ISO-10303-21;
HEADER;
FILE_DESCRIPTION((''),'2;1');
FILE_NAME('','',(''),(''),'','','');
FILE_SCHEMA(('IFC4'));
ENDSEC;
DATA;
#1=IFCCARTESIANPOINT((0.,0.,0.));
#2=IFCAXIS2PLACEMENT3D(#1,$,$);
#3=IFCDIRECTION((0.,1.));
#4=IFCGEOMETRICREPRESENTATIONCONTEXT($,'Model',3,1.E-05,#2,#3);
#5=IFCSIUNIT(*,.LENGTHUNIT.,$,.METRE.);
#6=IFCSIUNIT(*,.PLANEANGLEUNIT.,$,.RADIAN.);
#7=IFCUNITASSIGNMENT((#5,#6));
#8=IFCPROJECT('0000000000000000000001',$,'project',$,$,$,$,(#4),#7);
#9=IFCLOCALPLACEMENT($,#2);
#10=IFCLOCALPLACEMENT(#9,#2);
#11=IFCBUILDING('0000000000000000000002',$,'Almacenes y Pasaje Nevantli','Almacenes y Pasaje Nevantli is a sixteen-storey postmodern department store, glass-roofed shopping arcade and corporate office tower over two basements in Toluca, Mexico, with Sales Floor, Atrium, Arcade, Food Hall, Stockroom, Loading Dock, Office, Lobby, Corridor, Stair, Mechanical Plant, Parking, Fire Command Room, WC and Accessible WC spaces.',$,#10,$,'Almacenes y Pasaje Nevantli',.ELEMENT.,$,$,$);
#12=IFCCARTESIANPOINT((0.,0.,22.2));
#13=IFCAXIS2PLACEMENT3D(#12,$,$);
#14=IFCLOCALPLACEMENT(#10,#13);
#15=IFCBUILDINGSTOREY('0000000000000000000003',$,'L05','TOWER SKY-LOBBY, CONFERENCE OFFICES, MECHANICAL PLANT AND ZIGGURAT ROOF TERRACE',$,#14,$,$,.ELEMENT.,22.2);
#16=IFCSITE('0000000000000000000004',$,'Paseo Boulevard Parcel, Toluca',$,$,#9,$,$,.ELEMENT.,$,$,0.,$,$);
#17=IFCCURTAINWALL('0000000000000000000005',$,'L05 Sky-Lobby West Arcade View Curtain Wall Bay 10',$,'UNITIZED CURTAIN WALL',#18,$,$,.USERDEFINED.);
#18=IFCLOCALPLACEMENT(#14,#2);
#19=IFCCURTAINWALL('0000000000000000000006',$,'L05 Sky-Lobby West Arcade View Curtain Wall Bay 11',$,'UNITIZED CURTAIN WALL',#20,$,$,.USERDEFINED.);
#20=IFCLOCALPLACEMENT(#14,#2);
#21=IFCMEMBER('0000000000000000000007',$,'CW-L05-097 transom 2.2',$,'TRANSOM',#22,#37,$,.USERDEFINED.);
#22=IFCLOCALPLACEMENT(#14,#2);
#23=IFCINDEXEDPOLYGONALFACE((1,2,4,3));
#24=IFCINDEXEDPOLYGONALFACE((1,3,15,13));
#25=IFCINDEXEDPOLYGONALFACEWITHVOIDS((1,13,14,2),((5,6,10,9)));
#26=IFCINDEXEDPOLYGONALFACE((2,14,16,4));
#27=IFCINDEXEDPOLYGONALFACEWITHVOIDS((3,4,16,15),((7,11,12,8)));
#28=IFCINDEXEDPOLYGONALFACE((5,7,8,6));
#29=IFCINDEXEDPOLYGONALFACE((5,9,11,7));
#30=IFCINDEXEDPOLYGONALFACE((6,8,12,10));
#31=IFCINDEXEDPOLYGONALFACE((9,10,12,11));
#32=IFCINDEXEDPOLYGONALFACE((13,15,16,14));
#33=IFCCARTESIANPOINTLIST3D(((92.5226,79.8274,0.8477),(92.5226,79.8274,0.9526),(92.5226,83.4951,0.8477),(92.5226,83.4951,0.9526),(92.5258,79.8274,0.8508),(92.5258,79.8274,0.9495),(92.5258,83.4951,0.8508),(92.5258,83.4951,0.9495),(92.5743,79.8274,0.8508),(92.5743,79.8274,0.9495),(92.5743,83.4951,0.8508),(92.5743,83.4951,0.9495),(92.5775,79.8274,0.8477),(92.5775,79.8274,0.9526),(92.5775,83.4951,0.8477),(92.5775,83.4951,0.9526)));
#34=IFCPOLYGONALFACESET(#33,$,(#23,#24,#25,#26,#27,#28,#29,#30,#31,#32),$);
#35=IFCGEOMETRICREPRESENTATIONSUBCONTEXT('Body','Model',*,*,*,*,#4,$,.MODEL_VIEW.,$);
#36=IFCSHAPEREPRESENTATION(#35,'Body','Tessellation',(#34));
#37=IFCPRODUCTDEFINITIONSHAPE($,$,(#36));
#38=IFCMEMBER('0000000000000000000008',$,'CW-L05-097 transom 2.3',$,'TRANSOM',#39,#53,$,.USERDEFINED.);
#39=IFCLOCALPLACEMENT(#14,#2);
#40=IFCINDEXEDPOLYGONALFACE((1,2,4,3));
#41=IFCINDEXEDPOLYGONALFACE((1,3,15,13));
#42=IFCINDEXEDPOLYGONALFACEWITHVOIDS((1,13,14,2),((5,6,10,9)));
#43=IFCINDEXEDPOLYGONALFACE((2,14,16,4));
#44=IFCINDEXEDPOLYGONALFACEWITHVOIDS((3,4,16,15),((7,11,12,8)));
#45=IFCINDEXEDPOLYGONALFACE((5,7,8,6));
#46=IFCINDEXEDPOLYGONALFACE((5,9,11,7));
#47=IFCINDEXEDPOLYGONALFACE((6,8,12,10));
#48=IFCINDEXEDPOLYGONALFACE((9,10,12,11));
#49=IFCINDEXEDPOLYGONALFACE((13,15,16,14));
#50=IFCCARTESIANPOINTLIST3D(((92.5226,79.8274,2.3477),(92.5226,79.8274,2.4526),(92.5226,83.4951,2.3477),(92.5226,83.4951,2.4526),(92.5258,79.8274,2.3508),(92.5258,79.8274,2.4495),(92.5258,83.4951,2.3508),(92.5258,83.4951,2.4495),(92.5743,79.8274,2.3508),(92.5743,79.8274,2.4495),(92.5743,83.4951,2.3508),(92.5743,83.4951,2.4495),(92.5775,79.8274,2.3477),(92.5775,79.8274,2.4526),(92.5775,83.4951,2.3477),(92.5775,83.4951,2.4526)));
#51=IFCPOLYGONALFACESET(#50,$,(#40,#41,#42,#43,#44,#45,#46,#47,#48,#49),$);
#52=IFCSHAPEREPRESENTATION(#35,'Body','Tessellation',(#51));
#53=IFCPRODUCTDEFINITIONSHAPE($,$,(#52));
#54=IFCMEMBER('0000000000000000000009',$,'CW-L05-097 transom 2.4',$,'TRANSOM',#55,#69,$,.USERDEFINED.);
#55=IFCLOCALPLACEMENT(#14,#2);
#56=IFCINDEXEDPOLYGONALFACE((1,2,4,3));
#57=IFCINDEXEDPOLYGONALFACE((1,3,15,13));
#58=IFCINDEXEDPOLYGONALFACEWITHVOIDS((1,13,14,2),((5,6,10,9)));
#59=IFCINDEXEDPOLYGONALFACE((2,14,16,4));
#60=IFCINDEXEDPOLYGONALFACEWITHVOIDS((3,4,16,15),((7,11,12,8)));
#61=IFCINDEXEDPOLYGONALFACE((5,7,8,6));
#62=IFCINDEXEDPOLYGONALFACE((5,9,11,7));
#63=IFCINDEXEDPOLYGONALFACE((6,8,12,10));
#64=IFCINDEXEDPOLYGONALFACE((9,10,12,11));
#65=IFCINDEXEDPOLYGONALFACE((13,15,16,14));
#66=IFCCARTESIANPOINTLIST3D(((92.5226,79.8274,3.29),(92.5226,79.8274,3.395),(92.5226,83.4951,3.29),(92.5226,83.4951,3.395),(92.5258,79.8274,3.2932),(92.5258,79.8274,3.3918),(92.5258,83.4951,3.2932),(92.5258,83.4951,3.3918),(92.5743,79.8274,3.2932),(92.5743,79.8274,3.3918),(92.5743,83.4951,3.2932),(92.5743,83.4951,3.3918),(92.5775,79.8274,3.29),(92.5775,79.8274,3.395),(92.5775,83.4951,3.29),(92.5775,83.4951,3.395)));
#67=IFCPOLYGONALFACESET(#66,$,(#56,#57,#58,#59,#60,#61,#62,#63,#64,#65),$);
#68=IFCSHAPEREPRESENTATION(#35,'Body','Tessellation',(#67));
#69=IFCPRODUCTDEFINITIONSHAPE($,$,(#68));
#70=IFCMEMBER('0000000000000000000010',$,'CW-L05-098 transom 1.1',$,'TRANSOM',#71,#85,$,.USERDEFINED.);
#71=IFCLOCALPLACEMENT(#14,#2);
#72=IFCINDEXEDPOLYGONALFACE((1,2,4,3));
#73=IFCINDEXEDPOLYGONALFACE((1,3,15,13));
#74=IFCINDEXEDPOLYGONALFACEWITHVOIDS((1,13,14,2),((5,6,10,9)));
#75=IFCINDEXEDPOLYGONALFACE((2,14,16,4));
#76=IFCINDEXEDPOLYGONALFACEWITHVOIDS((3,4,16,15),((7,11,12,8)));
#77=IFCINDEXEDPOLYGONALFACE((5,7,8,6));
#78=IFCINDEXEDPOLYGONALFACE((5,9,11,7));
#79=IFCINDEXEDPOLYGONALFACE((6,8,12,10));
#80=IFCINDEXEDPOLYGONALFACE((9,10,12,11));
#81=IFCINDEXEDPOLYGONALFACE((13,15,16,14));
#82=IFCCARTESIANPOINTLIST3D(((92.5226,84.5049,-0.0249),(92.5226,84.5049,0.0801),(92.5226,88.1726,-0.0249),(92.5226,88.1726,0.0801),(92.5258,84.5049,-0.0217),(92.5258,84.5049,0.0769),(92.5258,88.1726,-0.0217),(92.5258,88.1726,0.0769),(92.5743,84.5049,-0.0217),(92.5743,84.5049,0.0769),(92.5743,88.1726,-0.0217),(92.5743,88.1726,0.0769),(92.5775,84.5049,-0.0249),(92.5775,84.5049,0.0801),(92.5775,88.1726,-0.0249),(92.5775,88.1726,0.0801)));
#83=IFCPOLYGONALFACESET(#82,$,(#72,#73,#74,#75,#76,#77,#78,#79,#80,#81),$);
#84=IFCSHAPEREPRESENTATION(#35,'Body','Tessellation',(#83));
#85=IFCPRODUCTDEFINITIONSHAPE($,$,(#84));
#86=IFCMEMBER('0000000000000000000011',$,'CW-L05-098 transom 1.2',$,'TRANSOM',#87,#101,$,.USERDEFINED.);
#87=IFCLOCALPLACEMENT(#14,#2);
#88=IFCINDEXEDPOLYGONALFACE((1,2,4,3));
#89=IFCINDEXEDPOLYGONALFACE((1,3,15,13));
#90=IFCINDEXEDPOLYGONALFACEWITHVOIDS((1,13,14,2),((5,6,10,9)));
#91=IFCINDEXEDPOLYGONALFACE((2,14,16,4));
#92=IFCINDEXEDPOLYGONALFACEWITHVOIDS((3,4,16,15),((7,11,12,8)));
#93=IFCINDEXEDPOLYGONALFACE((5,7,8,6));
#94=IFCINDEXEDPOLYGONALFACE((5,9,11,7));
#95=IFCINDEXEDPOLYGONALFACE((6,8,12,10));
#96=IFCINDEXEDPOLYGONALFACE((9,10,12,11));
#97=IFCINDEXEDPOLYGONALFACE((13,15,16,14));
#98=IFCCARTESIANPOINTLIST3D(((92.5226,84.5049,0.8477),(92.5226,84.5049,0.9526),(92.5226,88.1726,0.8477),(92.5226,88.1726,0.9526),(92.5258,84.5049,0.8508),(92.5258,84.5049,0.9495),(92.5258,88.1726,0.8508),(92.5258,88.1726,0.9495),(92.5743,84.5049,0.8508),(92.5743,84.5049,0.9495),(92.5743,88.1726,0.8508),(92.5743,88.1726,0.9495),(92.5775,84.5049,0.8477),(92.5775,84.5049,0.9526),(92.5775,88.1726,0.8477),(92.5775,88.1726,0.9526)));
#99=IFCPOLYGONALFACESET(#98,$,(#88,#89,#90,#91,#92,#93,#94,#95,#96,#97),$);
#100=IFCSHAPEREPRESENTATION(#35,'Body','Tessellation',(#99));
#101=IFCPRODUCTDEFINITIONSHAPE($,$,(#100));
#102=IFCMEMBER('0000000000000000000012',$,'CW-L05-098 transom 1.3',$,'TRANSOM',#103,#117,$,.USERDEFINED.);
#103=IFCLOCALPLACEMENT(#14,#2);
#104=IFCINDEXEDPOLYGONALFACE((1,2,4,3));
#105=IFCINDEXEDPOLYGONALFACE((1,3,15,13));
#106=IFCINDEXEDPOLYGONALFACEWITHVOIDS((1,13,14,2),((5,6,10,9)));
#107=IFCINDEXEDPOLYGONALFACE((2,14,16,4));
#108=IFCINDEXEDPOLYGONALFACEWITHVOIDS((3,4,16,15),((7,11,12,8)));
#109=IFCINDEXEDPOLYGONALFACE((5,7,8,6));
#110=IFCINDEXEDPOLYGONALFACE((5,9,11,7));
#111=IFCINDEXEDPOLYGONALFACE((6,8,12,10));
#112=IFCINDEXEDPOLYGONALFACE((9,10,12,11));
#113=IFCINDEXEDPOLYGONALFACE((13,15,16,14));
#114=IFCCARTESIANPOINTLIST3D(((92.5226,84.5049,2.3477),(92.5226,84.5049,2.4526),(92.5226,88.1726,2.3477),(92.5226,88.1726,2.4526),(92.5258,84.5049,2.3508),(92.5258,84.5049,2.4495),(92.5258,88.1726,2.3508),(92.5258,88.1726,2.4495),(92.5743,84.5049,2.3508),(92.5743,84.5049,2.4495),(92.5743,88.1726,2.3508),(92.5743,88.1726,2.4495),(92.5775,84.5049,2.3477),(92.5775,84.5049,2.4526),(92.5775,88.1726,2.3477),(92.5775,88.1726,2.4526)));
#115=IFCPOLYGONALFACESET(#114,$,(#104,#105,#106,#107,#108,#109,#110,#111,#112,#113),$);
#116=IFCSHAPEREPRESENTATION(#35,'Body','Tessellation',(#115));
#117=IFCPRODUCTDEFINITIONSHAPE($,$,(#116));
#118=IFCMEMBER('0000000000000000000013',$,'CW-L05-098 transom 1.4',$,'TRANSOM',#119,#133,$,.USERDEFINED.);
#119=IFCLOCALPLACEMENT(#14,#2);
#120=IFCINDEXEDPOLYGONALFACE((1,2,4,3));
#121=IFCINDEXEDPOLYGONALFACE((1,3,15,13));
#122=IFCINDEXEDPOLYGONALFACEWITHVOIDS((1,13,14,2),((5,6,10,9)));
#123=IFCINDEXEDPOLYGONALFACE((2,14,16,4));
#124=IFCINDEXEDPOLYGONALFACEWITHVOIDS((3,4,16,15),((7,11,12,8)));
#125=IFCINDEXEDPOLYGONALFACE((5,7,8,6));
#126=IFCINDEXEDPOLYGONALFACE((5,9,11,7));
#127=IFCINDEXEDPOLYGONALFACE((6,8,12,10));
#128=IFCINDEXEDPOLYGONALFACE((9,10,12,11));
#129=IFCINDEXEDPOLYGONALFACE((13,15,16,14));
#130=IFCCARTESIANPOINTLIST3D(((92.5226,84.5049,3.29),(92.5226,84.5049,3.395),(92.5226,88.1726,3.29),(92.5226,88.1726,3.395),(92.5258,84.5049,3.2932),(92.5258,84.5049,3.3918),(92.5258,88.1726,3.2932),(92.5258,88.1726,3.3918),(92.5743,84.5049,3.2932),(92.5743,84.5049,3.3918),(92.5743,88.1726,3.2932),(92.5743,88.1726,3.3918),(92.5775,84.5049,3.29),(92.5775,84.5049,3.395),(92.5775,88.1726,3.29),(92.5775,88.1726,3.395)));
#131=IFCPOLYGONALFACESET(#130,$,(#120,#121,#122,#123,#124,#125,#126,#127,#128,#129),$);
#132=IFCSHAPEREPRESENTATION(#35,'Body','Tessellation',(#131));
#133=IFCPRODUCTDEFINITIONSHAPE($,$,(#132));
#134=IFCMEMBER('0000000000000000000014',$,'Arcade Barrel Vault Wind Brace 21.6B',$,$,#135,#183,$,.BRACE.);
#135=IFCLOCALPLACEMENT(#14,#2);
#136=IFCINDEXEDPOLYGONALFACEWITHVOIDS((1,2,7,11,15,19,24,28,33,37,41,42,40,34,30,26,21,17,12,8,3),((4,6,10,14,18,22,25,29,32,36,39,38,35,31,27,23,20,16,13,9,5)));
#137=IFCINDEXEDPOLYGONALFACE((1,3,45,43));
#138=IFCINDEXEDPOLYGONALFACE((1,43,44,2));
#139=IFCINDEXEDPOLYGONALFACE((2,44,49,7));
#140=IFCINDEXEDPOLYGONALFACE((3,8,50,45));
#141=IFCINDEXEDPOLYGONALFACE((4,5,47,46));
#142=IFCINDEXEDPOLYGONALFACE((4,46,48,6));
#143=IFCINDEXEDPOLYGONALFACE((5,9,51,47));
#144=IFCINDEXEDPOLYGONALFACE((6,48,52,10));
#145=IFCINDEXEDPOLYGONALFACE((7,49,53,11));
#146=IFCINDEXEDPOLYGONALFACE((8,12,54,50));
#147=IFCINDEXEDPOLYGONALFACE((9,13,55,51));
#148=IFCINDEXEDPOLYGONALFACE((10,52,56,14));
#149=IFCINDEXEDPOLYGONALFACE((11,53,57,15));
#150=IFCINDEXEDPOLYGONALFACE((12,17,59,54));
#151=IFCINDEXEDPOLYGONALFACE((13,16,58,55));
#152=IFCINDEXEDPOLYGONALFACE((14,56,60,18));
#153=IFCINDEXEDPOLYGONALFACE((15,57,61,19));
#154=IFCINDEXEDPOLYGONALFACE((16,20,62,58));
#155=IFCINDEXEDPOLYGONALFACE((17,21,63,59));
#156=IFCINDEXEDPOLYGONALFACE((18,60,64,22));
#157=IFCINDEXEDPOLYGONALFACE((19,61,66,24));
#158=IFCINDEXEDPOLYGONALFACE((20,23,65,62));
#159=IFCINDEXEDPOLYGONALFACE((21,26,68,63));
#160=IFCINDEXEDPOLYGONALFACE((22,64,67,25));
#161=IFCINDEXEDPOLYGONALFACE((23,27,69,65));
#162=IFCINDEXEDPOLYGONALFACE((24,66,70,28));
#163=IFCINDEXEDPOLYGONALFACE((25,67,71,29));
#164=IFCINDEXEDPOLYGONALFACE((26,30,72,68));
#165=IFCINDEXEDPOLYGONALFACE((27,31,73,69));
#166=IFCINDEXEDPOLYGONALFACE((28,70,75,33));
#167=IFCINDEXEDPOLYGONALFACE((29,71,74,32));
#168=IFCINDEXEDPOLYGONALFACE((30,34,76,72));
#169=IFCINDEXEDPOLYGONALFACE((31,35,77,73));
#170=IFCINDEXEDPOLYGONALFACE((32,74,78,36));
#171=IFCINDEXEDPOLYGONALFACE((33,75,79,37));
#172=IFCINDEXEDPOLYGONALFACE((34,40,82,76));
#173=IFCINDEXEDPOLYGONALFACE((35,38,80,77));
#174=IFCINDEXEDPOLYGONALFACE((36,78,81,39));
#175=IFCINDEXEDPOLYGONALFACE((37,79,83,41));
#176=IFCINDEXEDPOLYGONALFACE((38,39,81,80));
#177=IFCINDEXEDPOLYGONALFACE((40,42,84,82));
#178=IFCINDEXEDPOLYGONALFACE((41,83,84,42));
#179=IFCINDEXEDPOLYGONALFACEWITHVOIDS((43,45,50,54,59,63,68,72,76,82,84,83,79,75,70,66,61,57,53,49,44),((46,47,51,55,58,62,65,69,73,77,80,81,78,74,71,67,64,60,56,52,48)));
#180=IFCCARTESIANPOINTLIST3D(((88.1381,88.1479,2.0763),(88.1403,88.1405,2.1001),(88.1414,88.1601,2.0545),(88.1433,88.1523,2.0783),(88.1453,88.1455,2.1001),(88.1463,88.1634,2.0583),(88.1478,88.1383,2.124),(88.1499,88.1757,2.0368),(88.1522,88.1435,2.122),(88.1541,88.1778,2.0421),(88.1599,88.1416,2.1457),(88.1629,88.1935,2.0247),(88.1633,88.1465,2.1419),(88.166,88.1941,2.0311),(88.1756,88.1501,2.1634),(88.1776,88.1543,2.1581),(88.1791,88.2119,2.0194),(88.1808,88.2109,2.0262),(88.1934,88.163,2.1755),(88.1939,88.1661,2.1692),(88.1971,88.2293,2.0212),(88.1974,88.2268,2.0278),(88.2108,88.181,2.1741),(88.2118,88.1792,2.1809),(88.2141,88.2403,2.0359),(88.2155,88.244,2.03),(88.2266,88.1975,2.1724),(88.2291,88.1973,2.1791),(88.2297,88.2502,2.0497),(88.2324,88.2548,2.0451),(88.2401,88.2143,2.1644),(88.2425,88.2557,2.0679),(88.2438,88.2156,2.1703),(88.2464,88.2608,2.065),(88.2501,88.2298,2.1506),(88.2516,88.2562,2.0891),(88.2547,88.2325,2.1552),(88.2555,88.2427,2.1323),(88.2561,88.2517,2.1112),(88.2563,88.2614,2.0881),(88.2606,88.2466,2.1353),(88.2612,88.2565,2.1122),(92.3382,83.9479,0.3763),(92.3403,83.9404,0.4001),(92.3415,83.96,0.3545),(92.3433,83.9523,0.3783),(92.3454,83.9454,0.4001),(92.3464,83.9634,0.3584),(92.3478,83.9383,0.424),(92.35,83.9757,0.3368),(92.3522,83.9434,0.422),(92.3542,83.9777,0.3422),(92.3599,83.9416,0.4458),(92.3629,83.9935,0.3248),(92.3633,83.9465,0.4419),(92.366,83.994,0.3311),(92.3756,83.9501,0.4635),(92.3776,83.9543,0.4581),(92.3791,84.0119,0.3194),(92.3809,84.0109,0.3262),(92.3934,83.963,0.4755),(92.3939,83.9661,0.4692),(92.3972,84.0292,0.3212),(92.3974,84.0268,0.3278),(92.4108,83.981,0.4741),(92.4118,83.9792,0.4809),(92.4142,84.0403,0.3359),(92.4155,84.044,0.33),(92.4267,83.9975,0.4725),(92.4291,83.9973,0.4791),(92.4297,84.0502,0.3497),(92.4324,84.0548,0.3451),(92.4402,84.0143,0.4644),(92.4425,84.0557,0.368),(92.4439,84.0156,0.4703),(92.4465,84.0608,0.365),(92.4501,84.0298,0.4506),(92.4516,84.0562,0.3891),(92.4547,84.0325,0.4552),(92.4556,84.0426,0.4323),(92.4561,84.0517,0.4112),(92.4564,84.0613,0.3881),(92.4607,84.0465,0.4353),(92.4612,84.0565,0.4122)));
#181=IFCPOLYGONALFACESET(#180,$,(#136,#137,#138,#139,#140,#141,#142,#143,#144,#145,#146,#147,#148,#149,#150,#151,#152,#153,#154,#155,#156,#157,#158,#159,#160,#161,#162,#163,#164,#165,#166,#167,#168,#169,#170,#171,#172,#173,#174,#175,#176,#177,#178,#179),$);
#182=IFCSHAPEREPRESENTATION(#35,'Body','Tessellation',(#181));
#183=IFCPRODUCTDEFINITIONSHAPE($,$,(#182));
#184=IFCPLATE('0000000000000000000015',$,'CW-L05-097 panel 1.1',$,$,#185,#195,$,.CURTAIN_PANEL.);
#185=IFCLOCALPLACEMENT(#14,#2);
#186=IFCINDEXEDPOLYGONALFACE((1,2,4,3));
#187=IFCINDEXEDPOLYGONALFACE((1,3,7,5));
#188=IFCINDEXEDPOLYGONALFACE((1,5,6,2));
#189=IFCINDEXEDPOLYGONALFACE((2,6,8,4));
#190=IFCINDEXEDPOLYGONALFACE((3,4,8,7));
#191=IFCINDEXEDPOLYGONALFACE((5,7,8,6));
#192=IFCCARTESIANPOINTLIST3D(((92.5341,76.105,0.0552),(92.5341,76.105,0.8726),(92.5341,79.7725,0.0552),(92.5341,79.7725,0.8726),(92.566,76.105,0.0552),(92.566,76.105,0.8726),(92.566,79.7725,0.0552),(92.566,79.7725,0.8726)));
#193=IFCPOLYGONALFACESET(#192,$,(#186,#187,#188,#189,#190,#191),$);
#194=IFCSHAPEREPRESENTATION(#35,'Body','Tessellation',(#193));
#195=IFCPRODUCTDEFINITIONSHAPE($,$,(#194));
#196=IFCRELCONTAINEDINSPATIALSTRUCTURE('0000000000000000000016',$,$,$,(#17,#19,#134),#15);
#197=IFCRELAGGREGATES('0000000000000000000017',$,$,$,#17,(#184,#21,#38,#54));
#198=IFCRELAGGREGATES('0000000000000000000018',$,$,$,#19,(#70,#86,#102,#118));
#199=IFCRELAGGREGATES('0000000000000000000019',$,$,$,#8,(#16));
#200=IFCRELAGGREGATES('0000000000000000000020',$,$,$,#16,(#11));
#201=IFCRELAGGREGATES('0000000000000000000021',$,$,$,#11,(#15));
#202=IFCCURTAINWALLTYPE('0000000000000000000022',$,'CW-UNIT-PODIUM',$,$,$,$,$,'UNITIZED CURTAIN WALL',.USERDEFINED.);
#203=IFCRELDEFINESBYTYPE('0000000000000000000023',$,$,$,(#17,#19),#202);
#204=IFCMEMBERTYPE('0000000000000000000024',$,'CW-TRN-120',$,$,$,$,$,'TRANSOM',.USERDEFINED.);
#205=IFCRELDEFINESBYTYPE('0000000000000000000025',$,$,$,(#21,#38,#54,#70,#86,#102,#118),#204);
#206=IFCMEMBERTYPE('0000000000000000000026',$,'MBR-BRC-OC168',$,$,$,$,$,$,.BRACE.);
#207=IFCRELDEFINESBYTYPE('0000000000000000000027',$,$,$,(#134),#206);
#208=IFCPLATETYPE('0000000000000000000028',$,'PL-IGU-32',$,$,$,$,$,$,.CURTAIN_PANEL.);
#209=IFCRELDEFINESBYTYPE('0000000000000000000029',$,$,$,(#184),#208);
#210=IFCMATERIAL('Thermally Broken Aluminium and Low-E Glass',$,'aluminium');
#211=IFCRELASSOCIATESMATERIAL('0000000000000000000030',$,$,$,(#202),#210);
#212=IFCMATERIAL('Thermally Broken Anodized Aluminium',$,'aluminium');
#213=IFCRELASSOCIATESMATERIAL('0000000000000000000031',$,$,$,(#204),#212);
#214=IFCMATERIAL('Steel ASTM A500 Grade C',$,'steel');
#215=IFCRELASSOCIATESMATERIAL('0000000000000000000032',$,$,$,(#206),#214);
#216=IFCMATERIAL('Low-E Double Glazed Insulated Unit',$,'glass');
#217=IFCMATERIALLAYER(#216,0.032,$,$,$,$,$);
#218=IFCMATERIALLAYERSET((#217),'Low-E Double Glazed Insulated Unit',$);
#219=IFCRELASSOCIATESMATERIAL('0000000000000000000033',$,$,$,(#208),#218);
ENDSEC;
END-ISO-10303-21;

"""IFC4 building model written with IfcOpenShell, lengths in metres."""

from ifc_helpers import new_model, si_unit, direction, frame, origin, origin_2d, place, context, subcontext, project, spatial, rectangle, hollow_rectangle, hollow_circle, extrude, material, layer, layer_set, material_profile, profile_set, type_object, element, aggregate, save


model = new_model("IFC4")

# Units and contexts
model_context = context("Model", 3, precision=1e-05, world=origin(), true_north=direction((0.0, 1.0)))
body_context = subcontext(model_context, "Body", "Model", "MODEL_VIEW")
ifc_project = project(units=[si_unit("LENGTHUNIT", "METRE"), si_unit("PLANEANGLEUNIT", "RADIAN")], contexts=[model_context])

# Site, building, storey
site_placement = place(None, origin())
site = spatial("IfcSite", under=ifc_project, at=site_placement, Name="Paseo Boulevard Parcel, Toluca", CompositionType="ELEMENT", RefElevation=0.0)
building_placement = place(site_placement, origin())
building = spatial("IfcBuilding", under=site, at=building_placement, Name="Almacenes y Pasaje Nevantli", Description="Almacenes y Pasaje Nevantli is a sixteen-storey postmodern department store, glass-roofed shopping arcade and corporate office tower over two basements in Toluca, Mexico, with Sales Floor, Atrium, Arcade, Food Hall, Stockroom, Loading Dock, Office, Lobby, Corridor, Stair, Mechanical Plant, Parking, Fire Command Room, WC and Accessible WC spaces.", LongName="Almacenes y Pasaje Nevantli", CompositionType="ELEMENT")
storey_placement = place(building_placement, frame((0.0, 0.0, 22.2)))
storey = spatial("IfcBuildingStorey", under=building, at=storey_placement, Name="L05", Description="TOWER SKY-LOBBY, CONFERENCE OFFICES, MECHANICAL PLANT AND ZIGGURAT ROOF TERRACE", CompositionType="ELEMENT", Elevation=22.2)

# Curtain wall
ifc_material_1 = material(Name="Thermally Broken Aluminium and Low-E Glass", Category="aluminium")
curtain_wall_type = type_object("IfcCurtainWallType", Name="CW-UNIT-PODIUM", ElementType="UNITIZED CURTAIN WALL", PredefinedType="USERDEFINED", material=ifc_material_1)
curtain_wall_1_placement = place(storey_placement, origin())
curtain_wall_1 = element("IfcCurtainWall", 1, at=curtain_wall_1_placement, inside=storey, type_object=curtain_wall_type, Name="L05 Sky-Lobby West Arcade View Curtain Wall Bay 10", ObjectType="UNITIZED CURTAIN WALL", PredefinedType="USERDEFINED")

# Curtain wall
curtain_wall_2_placement = place(storey_placement, origin())
curtain_wall_2 = element("IfcCurtainWall", 2, at=curtain_wall_2_placement, inside=storey, type_object=curtain_wall_type, Name="L05 Sky-Lobby West Arcade View Curtain Wall Bay 11", ObjectType="UNITIZED CURTAIN WALL", PredefinedType="USERDEFINED")

# Members
ifc_material_2 = material(Name="Thermally Broken Anodized Aluminium", Category="aluminium")
ifc_material_profile_1 = material_profile(ifc_material_2, hollow_rectangle(XDim=0.0549, YDim=0.105, WallThickness=0.0032, at=origin_2d()), Name="ALU-TRN-55x105")
ifc_profile_set_1 = profile_set([ifc_material_profile_1], Name="Thermally Broken Anodized Aluminium")
member_type_1 = type_object("IfcMemberType", Name="CW-TRN-120", ElementType="TRANSOM", PredefinedType="USERDEFINED", material=ifc_profile_set_1)
member_1_placement = place(storey_placement, frame((92.55, 79.8274, 0.9001), z_axis=(0.0, 1.0, 0.0), x_axis=(-1.0, 0.0, 0.0)))
member_1 = element("IfcMember", 3, at=member_1_placement, type_object=member_type_1, Name="CW-L05-097 transom 2.2", ObjectType="TRANSOM", PredefinedType="USERDEFINED", context=body_context, shape_type="SweptSolid", body=[
    extrude(hollow_rectangle(XDim=0.0549, YDim=0.105, WallThickness=0.0032, at=origin_2d()), origin(), (0.0, 0.0, 1.0), 3.6677),
])
member_2_placement = place(storey_placement, frame((92.55, 79.8274, 2.4001), z_axis=(0.0, 1.0, 0.0), x_axis=(-1.0, 0.0, 0.0)))
member_2 = element("IfcMember", 4, at=member_2_placement, type_object=member_type_1, Name="CW-L05-097 transom 2.3", ObjectType="TRANSOM", PredefinedType="USERDEFINED", context=body_context, shape_type="SweptSolid", body=[
    extrude(hollow_rectangle(XDim=0.0549, YDim=0.105, WallThickness=0.0032, at=origin_2d()), origin(), (0.0, 0.0, 1.0), 3.6677),
])
member_3_placement = place(storey_placement, frame((92.55, 79.8274, 3.3425), z_axis=(0.0, 1.0, 0.0), x_axis=(-1.0, 0.0, 0.0)))
member_3 = element("IfcMember", 5, at=member_3_placement, type_object=member_type_1, Name="CW-L05-097 transom 2.4", ObjectType="TRANSOM", PredefinedType="USERDEFINED", context=body_context, shape_type="SweptSolid", body=[
    extrude(hollow_rectangle(XDim=0.0549, YDim=0.105, WallThickness=0.0032, at=origin_2d()), origin(), (0.0, 0.0, 1.0), 3.6677),
])
member_4_placement = place(storey_placement, frame((92.55, 84.5049, 0.0276), z_axis=(0.0, 1.0, 0.0), x_axis=(-1.0, 0.0, 0.0)))
member_4 = element("IfcMember", 6, at=member_4_placement, type_object=member_type_1, Name="CW-L05-098 transom 1.1", ObjectType="TRANSOM", PredefinedType="USERDEFINED", context=body_context, shape_type="SweptSolid", body=[
    extrude(hollow_rectangle(XDim=0.0549, YDim=0.105, WallThickness=0.0032, at=origin_2d()), origin(), (0.0, 0.0, 1.0), 3.6677),
])
member_5_placement = place(storey_placement, frame((92.55, 84.5049, 0.9001), z_axis=(0.0, 1.0, 0.0), x_axis=(-1.0, 0.0, 0.0)))
member_5 = element("IfcMember", 7, at=member_5_placement, type_object=member_type_1, Name="CW-L05-098 transom 1.2", ObjectType="TRANSOM", PredefinedType="USERDEFINED", context=body_context, shape_type="SweptSolid", body=[
    extrude(hollow_rectangle(XDim=0.0549, YDim=0.105, WallThickness=0.0032, at=origin_2d()), origin(), (0.0, 0.0, 1.0), 3.6677),
])
member_6_placement = place(storey_placement, frame((92.55, 84.5049, 2.4001), z_axis=(0.0, 1.0, 0.0), x_axis=(-1.0, 0.0, 0.0)))
member_6 = element("IfcMember", 8, at=member_6_placement, type_object=member_type_1, Name="CW-L05-098 transom 1.3", ObjectType="TRANSOM", PredefinedType="USERDEFINED", context=body_context, shape_type="SweptSolid", body=[
    extrude(hollow_rectangle(XDim=0.0549, YDim=0.105, WallThickness=0.0032, at=origin_2d()), origin(), (0.0, 0.0, 1.0), 3.6677),
])
member_7_placement = place(storey_placement, frame((92.55, 84.5049, 3.3425), z_axis=(0.0, 1.0, 0.0), x_axis=(-1.0, 0.0, 0.0)))
member_7 = element("IfcMember", 9, at=member_7_placement, type_object=member_type_1, Name="CW-L05-098 transom 1.4", ObjectType="TRANSOM", PredefinedType="USERDEFINED", context=body_context, shape_type="SweptSolid", body=[
    extrude(hollow_rectangle(XDim=0.0549, YDim=0.105, WallThickness=0.0032, at=origin_2d()), origin(), (0.0, 0.0, 1.0), 3.6677),
])
ifc_material_3 = material(Name="Steel ASTM A500 Grade C", Category="steel")
ifc_material_profile_2 = material_profile(ifc_material_3, hollow_circle(Radius=0.0842, WallThickness=0.0071, at=origin_2d()), Name="OC 168x7.1")
ifc_profile_set_2 = profile_set([ifc_material_profile_2], Name="Steel ASTM A500 Grade C")
member_type_2 = type_object("IfcMemberType", Name="MBR-BRC-OC168", PredefinedType="BRACE", material=ifc_profile_set_2)
member_8_placement = place(storey_placement, frame((92.3999, 84.0, 0.4001), z_axis=(-0.679812, 0.679812, 0.275157), x_axis=(-0.707107, -0.707107, 0.0)))
element("IfcMember", 10, at=member_8_placement, inside=storey, type_object=member_type_2, Name="Arcade Barrel Vault Wind Brace 21.6B", PredefinedType="BRACE", context=body_context, shape_type="SweptSolid", body=[
    extrude(hollow_circle(Radius=0.0842, WallThickness=0.0071, at=origin_2d()), origin(), (0.0, 0.0, 1.0), 6.1782),
])

# Plate
ifc_material_4 = material(Name="Low-E Double Glazed Insulated Unit", Category="glass")
ifc_layer = layer(ifc_material_4, 0.032)
ifc_layer_set = layer_set([ifc_layer], Name="Low-E Double Glazed Insulated Unit")
plate_type = type_object("IfcPlateType", Name="PL-IGU-32", PredefinedType="CURTAIN_PANEL", material=ifc_layer_set)
plate_1_placement = place(storey_placement, frame((92.55, 77.9387, 0.0552), z_axis=(0.0, 0.0, 1.0), x_axis=(0.0, 1.0, 0.0)))
plate_1 = element("IfcPlate", 11, at=plate_1_placement, type_object=plate_type, Name="CW-L05-097 panel 1.1", PredefinedType="CURTAIN_PANEL", context=body_context, shape_type="SweptSolid", body=[
    extrude(rectangle(XDim=3.6675, YDim=0.032, at=origin_2d()), origin(), (0.0, 0.0, 1.0), 0.8174),
])
aggregate(curtain_wall_1, [plate_1, member_1, member_2, member_3])
aggregate(curtain_wall_2, [member_4, member_5, member_6, member_7])

save(model, "model.ifc")
